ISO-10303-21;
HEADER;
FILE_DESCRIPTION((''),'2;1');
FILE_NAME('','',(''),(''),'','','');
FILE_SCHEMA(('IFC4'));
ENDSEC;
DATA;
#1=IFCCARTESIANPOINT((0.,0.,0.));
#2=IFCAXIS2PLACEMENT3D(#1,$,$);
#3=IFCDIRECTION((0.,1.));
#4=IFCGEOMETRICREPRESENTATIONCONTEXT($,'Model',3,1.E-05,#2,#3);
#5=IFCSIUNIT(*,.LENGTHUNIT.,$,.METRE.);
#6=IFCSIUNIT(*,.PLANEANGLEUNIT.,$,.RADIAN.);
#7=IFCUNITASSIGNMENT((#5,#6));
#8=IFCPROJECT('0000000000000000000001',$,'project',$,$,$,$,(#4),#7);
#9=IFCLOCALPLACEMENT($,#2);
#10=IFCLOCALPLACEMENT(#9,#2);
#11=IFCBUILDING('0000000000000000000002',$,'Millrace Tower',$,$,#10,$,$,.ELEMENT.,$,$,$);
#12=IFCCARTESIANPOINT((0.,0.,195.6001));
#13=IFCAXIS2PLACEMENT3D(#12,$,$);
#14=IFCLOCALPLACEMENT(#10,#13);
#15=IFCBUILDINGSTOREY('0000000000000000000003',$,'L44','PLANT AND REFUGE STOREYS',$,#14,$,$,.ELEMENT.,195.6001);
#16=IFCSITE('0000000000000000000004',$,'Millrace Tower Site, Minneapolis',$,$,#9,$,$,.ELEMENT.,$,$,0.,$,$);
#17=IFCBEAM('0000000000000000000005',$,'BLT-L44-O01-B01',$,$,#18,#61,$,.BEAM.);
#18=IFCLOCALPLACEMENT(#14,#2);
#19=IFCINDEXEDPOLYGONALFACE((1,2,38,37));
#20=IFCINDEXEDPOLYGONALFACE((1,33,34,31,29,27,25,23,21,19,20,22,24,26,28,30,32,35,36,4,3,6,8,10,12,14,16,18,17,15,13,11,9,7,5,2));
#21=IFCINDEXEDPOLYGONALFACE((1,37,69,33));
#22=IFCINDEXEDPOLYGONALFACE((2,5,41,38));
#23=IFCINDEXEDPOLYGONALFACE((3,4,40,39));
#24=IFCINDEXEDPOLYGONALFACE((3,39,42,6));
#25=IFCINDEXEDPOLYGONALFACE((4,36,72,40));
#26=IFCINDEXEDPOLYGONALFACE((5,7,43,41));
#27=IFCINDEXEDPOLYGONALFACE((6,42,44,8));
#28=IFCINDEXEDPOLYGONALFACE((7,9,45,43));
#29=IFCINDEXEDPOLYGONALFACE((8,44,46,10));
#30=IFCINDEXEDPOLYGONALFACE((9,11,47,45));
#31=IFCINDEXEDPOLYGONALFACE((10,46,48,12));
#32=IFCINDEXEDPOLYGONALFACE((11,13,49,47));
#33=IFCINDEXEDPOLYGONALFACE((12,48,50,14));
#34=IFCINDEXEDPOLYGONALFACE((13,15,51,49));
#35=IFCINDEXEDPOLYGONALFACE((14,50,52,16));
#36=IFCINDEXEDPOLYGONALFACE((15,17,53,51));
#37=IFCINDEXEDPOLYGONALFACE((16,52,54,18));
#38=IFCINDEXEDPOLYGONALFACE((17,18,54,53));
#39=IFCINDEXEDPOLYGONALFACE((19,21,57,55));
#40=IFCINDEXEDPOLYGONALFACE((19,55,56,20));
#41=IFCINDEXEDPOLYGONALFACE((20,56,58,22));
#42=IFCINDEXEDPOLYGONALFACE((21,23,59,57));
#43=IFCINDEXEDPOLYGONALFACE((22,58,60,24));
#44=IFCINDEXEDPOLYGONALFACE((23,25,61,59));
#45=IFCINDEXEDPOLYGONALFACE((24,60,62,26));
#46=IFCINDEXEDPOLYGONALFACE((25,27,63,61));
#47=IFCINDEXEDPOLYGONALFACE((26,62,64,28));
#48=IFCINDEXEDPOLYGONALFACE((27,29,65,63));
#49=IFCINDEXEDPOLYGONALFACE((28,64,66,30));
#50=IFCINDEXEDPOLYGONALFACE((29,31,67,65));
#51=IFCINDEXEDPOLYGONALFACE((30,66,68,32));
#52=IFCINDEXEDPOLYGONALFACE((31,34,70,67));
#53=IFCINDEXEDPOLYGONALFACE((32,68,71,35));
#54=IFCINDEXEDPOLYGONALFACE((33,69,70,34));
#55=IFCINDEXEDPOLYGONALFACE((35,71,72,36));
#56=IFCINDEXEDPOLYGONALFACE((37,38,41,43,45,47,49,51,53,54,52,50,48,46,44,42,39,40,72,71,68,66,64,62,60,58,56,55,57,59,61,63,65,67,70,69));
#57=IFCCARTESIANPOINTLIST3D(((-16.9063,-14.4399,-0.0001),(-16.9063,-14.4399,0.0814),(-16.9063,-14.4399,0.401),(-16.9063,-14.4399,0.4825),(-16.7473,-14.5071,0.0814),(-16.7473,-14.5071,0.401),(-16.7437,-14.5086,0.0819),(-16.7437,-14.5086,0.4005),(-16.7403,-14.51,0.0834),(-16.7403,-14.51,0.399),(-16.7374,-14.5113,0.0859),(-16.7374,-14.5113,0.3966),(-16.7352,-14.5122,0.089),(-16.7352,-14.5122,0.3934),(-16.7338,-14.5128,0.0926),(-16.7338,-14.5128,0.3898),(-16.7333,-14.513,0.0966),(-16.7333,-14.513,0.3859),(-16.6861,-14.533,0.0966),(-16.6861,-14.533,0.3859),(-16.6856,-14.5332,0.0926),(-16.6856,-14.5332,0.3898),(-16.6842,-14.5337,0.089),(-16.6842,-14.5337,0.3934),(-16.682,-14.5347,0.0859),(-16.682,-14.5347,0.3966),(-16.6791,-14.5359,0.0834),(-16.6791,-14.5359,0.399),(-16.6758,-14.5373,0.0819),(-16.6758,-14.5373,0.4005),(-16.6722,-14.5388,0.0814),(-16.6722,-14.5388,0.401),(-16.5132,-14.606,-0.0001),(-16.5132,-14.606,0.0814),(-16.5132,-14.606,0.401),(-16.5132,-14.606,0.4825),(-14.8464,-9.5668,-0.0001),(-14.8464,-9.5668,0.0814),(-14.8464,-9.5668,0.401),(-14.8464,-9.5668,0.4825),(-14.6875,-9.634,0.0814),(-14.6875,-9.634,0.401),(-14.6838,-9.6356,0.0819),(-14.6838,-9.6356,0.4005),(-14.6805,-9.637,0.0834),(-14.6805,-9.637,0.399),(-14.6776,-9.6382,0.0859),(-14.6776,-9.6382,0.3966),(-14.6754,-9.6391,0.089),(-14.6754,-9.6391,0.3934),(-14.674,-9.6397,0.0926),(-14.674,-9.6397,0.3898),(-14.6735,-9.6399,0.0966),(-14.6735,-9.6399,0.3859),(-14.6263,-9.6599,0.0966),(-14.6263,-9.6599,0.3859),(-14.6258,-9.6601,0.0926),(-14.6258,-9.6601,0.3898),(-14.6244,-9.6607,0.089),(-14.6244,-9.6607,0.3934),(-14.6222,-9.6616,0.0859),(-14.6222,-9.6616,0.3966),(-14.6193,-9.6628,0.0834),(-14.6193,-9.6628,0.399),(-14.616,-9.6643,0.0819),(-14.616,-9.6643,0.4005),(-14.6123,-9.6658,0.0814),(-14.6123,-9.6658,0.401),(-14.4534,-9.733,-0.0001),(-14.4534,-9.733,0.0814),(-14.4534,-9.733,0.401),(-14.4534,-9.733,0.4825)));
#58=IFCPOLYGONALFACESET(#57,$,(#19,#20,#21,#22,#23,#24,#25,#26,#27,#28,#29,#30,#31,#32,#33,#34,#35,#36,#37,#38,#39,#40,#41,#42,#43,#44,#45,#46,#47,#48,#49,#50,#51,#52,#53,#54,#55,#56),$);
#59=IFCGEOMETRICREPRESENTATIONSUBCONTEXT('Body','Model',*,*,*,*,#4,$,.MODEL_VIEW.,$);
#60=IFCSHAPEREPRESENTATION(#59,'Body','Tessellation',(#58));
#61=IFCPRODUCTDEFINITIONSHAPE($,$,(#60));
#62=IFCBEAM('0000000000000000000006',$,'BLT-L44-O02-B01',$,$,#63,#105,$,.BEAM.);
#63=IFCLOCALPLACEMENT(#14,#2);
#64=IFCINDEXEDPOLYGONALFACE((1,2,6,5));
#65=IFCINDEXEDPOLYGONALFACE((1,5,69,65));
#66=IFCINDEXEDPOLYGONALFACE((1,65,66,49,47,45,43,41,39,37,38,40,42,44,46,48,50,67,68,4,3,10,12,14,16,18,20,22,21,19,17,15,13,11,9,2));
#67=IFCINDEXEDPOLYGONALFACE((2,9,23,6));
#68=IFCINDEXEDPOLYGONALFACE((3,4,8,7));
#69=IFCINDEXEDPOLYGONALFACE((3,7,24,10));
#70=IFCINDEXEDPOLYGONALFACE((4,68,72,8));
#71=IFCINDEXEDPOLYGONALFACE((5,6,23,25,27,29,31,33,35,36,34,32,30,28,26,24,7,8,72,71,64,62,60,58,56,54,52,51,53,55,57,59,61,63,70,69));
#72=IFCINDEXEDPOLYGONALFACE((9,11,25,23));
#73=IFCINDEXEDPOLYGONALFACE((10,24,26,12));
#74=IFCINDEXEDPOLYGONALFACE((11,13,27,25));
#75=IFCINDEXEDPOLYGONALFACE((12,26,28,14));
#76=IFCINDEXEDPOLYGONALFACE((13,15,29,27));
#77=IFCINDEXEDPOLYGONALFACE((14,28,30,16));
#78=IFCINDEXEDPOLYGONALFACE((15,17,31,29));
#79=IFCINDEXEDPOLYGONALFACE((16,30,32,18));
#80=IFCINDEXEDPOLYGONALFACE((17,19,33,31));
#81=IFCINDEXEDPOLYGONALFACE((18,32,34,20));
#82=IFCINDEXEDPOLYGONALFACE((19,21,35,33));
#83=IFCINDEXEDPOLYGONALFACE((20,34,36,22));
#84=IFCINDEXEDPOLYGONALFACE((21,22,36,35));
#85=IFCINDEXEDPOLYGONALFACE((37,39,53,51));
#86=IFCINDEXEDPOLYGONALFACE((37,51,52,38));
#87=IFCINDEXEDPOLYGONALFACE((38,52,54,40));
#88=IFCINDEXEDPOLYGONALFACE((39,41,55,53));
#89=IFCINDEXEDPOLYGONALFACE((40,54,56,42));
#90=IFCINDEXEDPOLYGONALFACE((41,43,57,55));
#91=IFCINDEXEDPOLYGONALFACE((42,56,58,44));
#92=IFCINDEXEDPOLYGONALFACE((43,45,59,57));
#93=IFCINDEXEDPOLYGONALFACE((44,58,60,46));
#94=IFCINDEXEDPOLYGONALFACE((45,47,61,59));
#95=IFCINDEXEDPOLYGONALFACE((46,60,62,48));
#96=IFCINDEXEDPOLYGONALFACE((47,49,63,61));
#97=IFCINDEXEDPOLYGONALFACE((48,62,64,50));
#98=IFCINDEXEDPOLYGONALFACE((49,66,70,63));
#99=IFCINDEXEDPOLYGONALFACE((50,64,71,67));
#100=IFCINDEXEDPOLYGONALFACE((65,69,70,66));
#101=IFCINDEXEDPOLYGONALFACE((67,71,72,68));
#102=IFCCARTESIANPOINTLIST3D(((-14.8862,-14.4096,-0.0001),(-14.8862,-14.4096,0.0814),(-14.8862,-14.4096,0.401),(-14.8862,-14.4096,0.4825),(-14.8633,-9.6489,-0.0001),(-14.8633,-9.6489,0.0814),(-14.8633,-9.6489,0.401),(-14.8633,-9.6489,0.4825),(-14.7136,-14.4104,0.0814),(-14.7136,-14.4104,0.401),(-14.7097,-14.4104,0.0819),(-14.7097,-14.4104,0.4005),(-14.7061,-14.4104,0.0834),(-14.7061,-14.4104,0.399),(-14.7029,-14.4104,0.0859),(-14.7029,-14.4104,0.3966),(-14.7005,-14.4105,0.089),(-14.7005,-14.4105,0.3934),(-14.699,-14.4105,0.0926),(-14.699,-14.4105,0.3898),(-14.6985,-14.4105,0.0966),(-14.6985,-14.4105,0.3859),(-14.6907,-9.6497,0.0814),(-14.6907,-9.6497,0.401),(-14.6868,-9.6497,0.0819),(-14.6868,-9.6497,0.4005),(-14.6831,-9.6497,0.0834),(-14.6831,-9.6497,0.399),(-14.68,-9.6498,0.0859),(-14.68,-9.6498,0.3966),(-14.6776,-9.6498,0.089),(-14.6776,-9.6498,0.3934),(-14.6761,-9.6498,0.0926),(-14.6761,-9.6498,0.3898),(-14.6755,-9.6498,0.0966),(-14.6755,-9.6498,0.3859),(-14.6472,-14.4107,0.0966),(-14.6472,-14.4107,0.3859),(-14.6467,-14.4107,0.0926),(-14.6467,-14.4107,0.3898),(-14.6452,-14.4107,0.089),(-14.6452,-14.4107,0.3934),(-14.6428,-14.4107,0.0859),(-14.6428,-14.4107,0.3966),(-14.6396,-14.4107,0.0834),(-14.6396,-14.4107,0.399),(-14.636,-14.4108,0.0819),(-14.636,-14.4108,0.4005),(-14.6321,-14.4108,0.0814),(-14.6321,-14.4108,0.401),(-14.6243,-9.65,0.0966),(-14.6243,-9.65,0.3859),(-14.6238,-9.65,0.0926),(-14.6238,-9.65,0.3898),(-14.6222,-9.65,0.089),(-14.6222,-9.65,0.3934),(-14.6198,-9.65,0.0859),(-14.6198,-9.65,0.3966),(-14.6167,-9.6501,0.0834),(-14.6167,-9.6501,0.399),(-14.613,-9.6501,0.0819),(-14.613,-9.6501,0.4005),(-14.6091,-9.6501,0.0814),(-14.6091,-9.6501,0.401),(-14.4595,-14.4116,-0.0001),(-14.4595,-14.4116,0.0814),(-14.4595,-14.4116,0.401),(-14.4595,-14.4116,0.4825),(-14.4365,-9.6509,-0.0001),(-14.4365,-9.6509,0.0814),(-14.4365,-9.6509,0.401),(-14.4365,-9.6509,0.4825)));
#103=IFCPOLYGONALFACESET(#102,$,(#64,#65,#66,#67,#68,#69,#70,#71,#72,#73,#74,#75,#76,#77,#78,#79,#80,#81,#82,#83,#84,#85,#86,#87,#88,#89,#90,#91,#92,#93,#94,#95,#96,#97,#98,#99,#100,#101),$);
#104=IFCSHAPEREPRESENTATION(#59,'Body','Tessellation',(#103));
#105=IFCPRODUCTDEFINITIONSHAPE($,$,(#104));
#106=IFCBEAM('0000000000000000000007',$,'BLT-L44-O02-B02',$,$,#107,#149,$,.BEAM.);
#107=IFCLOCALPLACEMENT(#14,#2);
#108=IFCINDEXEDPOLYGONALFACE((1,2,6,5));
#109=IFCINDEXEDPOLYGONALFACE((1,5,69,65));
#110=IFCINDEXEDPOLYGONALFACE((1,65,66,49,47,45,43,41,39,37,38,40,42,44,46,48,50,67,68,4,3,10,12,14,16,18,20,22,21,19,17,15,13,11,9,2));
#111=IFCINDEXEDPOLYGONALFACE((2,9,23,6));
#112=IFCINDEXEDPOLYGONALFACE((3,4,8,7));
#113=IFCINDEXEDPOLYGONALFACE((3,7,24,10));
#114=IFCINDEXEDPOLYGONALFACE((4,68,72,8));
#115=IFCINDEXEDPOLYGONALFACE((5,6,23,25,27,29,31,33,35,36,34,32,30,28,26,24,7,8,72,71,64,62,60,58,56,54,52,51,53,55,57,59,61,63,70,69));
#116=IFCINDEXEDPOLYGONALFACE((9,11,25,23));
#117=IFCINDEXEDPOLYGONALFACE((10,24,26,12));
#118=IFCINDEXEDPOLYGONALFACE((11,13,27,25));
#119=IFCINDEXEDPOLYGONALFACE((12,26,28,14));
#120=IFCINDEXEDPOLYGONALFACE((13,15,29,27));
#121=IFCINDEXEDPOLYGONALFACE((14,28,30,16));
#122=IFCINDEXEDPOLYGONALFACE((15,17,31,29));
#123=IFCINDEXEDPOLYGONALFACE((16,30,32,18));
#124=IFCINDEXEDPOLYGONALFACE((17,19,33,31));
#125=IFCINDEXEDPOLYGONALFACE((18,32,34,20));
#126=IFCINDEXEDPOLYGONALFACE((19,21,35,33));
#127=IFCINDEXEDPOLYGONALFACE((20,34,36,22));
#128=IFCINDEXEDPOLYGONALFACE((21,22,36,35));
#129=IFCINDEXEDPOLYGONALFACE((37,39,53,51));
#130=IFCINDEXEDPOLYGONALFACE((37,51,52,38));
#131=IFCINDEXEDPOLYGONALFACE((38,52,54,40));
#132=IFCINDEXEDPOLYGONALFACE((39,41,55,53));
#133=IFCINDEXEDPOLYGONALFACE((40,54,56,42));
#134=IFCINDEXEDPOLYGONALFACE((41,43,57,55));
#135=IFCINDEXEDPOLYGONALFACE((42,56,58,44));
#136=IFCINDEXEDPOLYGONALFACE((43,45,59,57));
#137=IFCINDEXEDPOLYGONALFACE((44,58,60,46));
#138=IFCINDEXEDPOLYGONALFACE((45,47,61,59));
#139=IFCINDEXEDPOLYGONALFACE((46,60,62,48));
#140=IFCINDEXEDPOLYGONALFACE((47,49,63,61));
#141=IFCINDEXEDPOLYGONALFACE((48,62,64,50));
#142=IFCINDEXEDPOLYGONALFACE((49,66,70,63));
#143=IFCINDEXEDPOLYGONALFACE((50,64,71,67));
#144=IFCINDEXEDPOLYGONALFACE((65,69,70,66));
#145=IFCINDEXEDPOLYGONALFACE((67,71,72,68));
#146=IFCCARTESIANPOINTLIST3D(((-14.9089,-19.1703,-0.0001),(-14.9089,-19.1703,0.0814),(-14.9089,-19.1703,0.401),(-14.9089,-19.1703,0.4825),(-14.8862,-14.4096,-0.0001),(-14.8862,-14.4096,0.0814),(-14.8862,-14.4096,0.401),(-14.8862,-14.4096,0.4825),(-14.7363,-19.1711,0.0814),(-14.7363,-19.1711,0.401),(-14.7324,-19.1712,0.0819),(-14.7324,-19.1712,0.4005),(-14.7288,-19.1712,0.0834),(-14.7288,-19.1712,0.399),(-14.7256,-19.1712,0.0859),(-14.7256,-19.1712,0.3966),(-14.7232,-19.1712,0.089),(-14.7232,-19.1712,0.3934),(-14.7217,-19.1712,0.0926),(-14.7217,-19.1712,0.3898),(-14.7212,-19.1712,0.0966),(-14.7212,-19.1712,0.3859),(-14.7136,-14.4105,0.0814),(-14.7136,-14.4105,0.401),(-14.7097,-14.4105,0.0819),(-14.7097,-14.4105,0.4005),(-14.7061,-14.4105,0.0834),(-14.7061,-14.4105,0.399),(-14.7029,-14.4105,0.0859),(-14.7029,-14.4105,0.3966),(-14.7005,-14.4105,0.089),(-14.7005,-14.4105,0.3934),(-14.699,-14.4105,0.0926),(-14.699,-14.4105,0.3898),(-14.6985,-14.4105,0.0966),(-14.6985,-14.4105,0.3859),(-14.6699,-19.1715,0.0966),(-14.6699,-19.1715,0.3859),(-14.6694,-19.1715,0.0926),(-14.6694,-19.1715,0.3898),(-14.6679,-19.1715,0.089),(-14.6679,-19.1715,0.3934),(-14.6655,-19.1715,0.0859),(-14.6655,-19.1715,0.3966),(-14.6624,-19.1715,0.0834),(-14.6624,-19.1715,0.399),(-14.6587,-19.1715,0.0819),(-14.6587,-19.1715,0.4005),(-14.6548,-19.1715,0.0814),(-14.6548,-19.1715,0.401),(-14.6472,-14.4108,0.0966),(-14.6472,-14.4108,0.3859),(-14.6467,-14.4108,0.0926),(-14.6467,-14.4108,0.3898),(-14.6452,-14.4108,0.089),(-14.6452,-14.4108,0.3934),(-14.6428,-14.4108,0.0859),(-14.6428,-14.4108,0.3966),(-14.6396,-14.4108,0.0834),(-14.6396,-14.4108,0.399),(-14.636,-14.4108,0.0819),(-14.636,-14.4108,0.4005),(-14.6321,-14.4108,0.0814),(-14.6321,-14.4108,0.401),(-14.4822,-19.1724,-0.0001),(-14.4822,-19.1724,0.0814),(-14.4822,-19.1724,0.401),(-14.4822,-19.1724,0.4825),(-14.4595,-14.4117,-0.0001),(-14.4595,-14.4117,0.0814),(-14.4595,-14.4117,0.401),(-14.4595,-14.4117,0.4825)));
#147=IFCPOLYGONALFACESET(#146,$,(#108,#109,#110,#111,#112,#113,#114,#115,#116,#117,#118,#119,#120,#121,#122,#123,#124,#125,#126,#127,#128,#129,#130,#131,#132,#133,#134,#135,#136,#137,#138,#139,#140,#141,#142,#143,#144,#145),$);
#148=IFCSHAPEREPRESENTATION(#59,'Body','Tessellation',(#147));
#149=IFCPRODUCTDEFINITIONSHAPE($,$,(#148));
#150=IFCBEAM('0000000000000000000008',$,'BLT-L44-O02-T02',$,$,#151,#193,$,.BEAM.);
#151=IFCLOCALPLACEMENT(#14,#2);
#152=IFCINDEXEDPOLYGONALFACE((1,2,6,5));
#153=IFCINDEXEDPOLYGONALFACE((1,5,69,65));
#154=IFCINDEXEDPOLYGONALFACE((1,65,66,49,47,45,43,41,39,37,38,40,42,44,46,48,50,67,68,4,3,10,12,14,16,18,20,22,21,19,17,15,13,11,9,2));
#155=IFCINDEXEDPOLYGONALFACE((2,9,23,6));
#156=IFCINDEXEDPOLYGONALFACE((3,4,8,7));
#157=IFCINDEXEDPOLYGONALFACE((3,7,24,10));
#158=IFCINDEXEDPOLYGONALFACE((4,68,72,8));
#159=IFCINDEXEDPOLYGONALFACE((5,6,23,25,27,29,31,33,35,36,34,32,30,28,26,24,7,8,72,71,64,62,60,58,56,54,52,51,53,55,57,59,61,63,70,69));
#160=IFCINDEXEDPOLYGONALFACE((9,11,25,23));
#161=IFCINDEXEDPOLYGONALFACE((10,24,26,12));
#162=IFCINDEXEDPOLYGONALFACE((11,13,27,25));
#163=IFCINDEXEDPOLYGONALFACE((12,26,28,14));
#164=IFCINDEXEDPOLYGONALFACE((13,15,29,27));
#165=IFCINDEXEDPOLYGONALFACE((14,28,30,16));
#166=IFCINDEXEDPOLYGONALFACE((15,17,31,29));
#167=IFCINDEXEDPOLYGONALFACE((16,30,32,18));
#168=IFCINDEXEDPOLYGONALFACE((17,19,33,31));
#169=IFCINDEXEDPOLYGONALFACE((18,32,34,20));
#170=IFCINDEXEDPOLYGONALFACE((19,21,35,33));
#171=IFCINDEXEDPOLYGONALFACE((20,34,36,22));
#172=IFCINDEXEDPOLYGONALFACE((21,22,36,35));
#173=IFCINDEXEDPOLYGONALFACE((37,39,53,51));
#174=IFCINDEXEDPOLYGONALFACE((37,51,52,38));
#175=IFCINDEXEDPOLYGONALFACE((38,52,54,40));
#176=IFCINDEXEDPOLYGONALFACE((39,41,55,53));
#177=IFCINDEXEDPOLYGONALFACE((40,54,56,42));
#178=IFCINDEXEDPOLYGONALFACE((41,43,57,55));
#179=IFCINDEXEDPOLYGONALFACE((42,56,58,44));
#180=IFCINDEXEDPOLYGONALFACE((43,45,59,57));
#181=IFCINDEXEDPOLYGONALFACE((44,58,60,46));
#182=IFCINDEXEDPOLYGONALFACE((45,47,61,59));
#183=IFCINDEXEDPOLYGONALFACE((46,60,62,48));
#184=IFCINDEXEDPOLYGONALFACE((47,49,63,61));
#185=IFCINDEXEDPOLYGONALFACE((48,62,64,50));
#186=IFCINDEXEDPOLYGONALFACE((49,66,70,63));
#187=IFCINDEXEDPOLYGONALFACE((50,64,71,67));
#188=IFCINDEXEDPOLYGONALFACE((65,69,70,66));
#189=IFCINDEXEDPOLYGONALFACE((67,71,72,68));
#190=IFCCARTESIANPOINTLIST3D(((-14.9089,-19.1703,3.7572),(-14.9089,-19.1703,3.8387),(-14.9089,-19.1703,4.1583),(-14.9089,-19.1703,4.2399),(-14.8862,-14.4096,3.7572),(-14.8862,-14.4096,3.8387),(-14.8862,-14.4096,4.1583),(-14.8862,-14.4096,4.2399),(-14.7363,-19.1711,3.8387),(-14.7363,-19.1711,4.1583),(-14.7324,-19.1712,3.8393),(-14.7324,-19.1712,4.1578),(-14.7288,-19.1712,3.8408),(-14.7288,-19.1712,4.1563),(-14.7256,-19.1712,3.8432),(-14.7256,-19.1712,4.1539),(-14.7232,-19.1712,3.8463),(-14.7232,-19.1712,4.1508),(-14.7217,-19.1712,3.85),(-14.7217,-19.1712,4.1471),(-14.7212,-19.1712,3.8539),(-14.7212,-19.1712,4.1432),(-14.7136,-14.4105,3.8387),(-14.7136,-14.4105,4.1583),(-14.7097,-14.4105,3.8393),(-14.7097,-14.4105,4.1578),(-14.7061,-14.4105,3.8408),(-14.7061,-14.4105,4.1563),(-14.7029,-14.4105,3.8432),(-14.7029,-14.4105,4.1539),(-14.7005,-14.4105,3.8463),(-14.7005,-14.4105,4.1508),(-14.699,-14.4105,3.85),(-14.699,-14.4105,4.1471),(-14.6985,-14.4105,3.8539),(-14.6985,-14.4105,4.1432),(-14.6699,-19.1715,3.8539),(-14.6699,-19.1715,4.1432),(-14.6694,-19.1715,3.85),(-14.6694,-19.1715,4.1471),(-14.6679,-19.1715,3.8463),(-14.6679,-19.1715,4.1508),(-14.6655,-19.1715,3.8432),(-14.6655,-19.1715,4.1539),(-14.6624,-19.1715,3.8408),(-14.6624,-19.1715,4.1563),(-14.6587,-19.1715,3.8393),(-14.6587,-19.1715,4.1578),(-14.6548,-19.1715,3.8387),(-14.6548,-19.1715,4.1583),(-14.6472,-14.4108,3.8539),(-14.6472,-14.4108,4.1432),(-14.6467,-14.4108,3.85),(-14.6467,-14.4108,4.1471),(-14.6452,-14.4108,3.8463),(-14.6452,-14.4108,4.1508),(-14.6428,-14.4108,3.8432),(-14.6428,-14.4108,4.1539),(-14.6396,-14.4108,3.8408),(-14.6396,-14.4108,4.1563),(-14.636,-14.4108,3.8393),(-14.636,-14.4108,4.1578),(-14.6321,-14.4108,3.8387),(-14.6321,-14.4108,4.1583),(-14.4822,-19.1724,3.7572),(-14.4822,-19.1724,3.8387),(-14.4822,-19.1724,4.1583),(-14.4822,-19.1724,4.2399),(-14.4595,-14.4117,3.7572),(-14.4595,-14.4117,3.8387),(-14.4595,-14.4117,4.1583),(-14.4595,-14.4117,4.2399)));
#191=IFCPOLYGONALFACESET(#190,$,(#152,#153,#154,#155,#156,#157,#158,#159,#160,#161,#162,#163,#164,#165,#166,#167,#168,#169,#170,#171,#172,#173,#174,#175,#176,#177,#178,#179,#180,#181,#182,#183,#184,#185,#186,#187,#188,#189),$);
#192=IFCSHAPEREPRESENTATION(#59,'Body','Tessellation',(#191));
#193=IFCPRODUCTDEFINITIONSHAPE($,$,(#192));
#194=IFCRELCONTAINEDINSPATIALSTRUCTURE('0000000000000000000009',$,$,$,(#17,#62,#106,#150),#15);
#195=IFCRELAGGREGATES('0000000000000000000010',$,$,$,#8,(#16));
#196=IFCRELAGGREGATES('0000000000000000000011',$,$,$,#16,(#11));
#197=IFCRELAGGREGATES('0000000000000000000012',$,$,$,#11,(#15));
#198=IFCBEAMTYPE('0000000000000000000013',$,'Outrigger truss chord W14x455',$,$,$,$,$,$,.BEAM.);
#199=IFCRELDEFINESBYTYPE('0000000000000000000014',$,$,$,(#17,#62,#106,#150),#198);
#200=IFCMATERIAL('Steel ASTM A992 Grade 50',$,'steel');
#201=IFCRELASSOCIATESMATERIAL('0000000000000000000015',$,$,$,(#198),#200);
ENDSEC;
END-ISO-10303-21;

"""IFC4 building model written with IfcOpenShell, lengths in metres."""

from ifc_helpers import new_model, si_unit, direction, frame, origin, origin_2d, place, context, subcontext, project, spatial, i_section, extrude, material, material_profile, profile_set, type_object, element, save


model = new_model("IFC4")

# Units and contexts
model_context = context("Model", 3, precision=1e-05, world=origin(), true_north=direction((0.0, 1.0)))
body_context = subcontext(model_context, "Body", "Model", "MODEL_VIEW")
ifc_project = project(units=[si_unit("LENGTHUNIT", "METRE"), si_unit("PLANEANGLEUNIT", "RADIAN")], contexts=[model_context])

# Site, building, storey
site_placement = place(None, origin())
site = spatial("IfcSite", under=ifc_project, at=site_placement, Name="Millrace Tower Site, Minneapolis", CompositionType="ELEMENT", RefElevation=0.0)
building_placement = place(site_placement, origin())
building = spatial("IfcBuilding", under=site, at=building_placement, Name="Millrace Tower", CompositionType="ELEMENT")
storey_placement = place(building_placement, frame((0.0, 0.0, 195.6001)))
storey = spatial("IfcBuildingStorey", under=building, at=storey_placement, Name="L44", Description="PLANT AND REFUGE STOREYS", CompositionType="ELEMENT", Elevation=195.6001)

# Beams
ifc_material_1 = material(Name="Steel ASTM A992 Grade 50", Category="steel")
ifc_material_profile_1 = material_profile(ifc_material_1, i_section(OverallWidth=0.4268, OverallDepth=0.4827, WebThickness=0.0513, FlangeThickness=0.0815, FilletRadius=0.0151, at=origin_2d()))
ifc_profile_set_1 = profile_set([ifc_material_profile_1], Name="Steel ASTM A992 Grade 50")
beam_type = type_object("IfcBeamType", Name="Outrigger truss chord W14x455", PredefinedType="BEAM", material=ifc_profile_set_1)
beam_1_placement = place(storey_placement, frame((-14.6499, -9.6499, 0.2412), z_axis=(-0.389342, -0.921093, 0.0), x_axis=(0.921093, -0.389342, 0.0)))
element("IfcBeam", 1, at=beam_1_placement, inside=storey, type_object=beam_type, Name="BLT-L44-O01-B01", PredefinedType="BEAM", context=body_context, shape_type="SweptSolid", body=[
    extrude(i_section(OverallWidth=0.4268, OverallDepth=0.4827, WebThickness=0.0513, FlangeThickness=0.0815, FilletRadius=0.0151, at=origin_2d()), origin(), (0.0, 0.0, 1.0), 5.2905),
])
for number, where, z_axis, x_axis, name in (
    (2, (-14.6499, -9.6499, 0.2412), (-0.00482, -0.999988, 0.0), (0.999988, -0.00482, 0.0), "BLT-L44-O02-B01"),
    (3, (-14.6729, -14.4106, 0.2412), (-0.004769, -0.999989, 0.0), (0.999989, -0.004769, 0.0), "BLT-L44-O02-B02"),
    (4, (-14.6729, -14.4106, 3.9985), (-0.004769, -0.999989, 0.0), (0.999989, -0.004769, 0.0), "BLT-L44-O02-T02"),
):
    element("IfcBeam", number, at=place(storey_placement, frame(where, z_axis=z_axis, x_axis=x_axis)), inside=storey, type_object=beam_type, Name=name, PredefinedType="BEAM", context=body_context, shape_type="SweptSolid", body=[
        extrude(i_section(OverallWidth=0.4268, OverallDepth=0.4827, WebThickness=0.0513, FlangeThickness=0.0815, FilletRadius=0.0151, at=origin_2d()), origin(), (0.0, 0.0, 1.0), 4.7607),
    ])

save(model, "model.ifc")
